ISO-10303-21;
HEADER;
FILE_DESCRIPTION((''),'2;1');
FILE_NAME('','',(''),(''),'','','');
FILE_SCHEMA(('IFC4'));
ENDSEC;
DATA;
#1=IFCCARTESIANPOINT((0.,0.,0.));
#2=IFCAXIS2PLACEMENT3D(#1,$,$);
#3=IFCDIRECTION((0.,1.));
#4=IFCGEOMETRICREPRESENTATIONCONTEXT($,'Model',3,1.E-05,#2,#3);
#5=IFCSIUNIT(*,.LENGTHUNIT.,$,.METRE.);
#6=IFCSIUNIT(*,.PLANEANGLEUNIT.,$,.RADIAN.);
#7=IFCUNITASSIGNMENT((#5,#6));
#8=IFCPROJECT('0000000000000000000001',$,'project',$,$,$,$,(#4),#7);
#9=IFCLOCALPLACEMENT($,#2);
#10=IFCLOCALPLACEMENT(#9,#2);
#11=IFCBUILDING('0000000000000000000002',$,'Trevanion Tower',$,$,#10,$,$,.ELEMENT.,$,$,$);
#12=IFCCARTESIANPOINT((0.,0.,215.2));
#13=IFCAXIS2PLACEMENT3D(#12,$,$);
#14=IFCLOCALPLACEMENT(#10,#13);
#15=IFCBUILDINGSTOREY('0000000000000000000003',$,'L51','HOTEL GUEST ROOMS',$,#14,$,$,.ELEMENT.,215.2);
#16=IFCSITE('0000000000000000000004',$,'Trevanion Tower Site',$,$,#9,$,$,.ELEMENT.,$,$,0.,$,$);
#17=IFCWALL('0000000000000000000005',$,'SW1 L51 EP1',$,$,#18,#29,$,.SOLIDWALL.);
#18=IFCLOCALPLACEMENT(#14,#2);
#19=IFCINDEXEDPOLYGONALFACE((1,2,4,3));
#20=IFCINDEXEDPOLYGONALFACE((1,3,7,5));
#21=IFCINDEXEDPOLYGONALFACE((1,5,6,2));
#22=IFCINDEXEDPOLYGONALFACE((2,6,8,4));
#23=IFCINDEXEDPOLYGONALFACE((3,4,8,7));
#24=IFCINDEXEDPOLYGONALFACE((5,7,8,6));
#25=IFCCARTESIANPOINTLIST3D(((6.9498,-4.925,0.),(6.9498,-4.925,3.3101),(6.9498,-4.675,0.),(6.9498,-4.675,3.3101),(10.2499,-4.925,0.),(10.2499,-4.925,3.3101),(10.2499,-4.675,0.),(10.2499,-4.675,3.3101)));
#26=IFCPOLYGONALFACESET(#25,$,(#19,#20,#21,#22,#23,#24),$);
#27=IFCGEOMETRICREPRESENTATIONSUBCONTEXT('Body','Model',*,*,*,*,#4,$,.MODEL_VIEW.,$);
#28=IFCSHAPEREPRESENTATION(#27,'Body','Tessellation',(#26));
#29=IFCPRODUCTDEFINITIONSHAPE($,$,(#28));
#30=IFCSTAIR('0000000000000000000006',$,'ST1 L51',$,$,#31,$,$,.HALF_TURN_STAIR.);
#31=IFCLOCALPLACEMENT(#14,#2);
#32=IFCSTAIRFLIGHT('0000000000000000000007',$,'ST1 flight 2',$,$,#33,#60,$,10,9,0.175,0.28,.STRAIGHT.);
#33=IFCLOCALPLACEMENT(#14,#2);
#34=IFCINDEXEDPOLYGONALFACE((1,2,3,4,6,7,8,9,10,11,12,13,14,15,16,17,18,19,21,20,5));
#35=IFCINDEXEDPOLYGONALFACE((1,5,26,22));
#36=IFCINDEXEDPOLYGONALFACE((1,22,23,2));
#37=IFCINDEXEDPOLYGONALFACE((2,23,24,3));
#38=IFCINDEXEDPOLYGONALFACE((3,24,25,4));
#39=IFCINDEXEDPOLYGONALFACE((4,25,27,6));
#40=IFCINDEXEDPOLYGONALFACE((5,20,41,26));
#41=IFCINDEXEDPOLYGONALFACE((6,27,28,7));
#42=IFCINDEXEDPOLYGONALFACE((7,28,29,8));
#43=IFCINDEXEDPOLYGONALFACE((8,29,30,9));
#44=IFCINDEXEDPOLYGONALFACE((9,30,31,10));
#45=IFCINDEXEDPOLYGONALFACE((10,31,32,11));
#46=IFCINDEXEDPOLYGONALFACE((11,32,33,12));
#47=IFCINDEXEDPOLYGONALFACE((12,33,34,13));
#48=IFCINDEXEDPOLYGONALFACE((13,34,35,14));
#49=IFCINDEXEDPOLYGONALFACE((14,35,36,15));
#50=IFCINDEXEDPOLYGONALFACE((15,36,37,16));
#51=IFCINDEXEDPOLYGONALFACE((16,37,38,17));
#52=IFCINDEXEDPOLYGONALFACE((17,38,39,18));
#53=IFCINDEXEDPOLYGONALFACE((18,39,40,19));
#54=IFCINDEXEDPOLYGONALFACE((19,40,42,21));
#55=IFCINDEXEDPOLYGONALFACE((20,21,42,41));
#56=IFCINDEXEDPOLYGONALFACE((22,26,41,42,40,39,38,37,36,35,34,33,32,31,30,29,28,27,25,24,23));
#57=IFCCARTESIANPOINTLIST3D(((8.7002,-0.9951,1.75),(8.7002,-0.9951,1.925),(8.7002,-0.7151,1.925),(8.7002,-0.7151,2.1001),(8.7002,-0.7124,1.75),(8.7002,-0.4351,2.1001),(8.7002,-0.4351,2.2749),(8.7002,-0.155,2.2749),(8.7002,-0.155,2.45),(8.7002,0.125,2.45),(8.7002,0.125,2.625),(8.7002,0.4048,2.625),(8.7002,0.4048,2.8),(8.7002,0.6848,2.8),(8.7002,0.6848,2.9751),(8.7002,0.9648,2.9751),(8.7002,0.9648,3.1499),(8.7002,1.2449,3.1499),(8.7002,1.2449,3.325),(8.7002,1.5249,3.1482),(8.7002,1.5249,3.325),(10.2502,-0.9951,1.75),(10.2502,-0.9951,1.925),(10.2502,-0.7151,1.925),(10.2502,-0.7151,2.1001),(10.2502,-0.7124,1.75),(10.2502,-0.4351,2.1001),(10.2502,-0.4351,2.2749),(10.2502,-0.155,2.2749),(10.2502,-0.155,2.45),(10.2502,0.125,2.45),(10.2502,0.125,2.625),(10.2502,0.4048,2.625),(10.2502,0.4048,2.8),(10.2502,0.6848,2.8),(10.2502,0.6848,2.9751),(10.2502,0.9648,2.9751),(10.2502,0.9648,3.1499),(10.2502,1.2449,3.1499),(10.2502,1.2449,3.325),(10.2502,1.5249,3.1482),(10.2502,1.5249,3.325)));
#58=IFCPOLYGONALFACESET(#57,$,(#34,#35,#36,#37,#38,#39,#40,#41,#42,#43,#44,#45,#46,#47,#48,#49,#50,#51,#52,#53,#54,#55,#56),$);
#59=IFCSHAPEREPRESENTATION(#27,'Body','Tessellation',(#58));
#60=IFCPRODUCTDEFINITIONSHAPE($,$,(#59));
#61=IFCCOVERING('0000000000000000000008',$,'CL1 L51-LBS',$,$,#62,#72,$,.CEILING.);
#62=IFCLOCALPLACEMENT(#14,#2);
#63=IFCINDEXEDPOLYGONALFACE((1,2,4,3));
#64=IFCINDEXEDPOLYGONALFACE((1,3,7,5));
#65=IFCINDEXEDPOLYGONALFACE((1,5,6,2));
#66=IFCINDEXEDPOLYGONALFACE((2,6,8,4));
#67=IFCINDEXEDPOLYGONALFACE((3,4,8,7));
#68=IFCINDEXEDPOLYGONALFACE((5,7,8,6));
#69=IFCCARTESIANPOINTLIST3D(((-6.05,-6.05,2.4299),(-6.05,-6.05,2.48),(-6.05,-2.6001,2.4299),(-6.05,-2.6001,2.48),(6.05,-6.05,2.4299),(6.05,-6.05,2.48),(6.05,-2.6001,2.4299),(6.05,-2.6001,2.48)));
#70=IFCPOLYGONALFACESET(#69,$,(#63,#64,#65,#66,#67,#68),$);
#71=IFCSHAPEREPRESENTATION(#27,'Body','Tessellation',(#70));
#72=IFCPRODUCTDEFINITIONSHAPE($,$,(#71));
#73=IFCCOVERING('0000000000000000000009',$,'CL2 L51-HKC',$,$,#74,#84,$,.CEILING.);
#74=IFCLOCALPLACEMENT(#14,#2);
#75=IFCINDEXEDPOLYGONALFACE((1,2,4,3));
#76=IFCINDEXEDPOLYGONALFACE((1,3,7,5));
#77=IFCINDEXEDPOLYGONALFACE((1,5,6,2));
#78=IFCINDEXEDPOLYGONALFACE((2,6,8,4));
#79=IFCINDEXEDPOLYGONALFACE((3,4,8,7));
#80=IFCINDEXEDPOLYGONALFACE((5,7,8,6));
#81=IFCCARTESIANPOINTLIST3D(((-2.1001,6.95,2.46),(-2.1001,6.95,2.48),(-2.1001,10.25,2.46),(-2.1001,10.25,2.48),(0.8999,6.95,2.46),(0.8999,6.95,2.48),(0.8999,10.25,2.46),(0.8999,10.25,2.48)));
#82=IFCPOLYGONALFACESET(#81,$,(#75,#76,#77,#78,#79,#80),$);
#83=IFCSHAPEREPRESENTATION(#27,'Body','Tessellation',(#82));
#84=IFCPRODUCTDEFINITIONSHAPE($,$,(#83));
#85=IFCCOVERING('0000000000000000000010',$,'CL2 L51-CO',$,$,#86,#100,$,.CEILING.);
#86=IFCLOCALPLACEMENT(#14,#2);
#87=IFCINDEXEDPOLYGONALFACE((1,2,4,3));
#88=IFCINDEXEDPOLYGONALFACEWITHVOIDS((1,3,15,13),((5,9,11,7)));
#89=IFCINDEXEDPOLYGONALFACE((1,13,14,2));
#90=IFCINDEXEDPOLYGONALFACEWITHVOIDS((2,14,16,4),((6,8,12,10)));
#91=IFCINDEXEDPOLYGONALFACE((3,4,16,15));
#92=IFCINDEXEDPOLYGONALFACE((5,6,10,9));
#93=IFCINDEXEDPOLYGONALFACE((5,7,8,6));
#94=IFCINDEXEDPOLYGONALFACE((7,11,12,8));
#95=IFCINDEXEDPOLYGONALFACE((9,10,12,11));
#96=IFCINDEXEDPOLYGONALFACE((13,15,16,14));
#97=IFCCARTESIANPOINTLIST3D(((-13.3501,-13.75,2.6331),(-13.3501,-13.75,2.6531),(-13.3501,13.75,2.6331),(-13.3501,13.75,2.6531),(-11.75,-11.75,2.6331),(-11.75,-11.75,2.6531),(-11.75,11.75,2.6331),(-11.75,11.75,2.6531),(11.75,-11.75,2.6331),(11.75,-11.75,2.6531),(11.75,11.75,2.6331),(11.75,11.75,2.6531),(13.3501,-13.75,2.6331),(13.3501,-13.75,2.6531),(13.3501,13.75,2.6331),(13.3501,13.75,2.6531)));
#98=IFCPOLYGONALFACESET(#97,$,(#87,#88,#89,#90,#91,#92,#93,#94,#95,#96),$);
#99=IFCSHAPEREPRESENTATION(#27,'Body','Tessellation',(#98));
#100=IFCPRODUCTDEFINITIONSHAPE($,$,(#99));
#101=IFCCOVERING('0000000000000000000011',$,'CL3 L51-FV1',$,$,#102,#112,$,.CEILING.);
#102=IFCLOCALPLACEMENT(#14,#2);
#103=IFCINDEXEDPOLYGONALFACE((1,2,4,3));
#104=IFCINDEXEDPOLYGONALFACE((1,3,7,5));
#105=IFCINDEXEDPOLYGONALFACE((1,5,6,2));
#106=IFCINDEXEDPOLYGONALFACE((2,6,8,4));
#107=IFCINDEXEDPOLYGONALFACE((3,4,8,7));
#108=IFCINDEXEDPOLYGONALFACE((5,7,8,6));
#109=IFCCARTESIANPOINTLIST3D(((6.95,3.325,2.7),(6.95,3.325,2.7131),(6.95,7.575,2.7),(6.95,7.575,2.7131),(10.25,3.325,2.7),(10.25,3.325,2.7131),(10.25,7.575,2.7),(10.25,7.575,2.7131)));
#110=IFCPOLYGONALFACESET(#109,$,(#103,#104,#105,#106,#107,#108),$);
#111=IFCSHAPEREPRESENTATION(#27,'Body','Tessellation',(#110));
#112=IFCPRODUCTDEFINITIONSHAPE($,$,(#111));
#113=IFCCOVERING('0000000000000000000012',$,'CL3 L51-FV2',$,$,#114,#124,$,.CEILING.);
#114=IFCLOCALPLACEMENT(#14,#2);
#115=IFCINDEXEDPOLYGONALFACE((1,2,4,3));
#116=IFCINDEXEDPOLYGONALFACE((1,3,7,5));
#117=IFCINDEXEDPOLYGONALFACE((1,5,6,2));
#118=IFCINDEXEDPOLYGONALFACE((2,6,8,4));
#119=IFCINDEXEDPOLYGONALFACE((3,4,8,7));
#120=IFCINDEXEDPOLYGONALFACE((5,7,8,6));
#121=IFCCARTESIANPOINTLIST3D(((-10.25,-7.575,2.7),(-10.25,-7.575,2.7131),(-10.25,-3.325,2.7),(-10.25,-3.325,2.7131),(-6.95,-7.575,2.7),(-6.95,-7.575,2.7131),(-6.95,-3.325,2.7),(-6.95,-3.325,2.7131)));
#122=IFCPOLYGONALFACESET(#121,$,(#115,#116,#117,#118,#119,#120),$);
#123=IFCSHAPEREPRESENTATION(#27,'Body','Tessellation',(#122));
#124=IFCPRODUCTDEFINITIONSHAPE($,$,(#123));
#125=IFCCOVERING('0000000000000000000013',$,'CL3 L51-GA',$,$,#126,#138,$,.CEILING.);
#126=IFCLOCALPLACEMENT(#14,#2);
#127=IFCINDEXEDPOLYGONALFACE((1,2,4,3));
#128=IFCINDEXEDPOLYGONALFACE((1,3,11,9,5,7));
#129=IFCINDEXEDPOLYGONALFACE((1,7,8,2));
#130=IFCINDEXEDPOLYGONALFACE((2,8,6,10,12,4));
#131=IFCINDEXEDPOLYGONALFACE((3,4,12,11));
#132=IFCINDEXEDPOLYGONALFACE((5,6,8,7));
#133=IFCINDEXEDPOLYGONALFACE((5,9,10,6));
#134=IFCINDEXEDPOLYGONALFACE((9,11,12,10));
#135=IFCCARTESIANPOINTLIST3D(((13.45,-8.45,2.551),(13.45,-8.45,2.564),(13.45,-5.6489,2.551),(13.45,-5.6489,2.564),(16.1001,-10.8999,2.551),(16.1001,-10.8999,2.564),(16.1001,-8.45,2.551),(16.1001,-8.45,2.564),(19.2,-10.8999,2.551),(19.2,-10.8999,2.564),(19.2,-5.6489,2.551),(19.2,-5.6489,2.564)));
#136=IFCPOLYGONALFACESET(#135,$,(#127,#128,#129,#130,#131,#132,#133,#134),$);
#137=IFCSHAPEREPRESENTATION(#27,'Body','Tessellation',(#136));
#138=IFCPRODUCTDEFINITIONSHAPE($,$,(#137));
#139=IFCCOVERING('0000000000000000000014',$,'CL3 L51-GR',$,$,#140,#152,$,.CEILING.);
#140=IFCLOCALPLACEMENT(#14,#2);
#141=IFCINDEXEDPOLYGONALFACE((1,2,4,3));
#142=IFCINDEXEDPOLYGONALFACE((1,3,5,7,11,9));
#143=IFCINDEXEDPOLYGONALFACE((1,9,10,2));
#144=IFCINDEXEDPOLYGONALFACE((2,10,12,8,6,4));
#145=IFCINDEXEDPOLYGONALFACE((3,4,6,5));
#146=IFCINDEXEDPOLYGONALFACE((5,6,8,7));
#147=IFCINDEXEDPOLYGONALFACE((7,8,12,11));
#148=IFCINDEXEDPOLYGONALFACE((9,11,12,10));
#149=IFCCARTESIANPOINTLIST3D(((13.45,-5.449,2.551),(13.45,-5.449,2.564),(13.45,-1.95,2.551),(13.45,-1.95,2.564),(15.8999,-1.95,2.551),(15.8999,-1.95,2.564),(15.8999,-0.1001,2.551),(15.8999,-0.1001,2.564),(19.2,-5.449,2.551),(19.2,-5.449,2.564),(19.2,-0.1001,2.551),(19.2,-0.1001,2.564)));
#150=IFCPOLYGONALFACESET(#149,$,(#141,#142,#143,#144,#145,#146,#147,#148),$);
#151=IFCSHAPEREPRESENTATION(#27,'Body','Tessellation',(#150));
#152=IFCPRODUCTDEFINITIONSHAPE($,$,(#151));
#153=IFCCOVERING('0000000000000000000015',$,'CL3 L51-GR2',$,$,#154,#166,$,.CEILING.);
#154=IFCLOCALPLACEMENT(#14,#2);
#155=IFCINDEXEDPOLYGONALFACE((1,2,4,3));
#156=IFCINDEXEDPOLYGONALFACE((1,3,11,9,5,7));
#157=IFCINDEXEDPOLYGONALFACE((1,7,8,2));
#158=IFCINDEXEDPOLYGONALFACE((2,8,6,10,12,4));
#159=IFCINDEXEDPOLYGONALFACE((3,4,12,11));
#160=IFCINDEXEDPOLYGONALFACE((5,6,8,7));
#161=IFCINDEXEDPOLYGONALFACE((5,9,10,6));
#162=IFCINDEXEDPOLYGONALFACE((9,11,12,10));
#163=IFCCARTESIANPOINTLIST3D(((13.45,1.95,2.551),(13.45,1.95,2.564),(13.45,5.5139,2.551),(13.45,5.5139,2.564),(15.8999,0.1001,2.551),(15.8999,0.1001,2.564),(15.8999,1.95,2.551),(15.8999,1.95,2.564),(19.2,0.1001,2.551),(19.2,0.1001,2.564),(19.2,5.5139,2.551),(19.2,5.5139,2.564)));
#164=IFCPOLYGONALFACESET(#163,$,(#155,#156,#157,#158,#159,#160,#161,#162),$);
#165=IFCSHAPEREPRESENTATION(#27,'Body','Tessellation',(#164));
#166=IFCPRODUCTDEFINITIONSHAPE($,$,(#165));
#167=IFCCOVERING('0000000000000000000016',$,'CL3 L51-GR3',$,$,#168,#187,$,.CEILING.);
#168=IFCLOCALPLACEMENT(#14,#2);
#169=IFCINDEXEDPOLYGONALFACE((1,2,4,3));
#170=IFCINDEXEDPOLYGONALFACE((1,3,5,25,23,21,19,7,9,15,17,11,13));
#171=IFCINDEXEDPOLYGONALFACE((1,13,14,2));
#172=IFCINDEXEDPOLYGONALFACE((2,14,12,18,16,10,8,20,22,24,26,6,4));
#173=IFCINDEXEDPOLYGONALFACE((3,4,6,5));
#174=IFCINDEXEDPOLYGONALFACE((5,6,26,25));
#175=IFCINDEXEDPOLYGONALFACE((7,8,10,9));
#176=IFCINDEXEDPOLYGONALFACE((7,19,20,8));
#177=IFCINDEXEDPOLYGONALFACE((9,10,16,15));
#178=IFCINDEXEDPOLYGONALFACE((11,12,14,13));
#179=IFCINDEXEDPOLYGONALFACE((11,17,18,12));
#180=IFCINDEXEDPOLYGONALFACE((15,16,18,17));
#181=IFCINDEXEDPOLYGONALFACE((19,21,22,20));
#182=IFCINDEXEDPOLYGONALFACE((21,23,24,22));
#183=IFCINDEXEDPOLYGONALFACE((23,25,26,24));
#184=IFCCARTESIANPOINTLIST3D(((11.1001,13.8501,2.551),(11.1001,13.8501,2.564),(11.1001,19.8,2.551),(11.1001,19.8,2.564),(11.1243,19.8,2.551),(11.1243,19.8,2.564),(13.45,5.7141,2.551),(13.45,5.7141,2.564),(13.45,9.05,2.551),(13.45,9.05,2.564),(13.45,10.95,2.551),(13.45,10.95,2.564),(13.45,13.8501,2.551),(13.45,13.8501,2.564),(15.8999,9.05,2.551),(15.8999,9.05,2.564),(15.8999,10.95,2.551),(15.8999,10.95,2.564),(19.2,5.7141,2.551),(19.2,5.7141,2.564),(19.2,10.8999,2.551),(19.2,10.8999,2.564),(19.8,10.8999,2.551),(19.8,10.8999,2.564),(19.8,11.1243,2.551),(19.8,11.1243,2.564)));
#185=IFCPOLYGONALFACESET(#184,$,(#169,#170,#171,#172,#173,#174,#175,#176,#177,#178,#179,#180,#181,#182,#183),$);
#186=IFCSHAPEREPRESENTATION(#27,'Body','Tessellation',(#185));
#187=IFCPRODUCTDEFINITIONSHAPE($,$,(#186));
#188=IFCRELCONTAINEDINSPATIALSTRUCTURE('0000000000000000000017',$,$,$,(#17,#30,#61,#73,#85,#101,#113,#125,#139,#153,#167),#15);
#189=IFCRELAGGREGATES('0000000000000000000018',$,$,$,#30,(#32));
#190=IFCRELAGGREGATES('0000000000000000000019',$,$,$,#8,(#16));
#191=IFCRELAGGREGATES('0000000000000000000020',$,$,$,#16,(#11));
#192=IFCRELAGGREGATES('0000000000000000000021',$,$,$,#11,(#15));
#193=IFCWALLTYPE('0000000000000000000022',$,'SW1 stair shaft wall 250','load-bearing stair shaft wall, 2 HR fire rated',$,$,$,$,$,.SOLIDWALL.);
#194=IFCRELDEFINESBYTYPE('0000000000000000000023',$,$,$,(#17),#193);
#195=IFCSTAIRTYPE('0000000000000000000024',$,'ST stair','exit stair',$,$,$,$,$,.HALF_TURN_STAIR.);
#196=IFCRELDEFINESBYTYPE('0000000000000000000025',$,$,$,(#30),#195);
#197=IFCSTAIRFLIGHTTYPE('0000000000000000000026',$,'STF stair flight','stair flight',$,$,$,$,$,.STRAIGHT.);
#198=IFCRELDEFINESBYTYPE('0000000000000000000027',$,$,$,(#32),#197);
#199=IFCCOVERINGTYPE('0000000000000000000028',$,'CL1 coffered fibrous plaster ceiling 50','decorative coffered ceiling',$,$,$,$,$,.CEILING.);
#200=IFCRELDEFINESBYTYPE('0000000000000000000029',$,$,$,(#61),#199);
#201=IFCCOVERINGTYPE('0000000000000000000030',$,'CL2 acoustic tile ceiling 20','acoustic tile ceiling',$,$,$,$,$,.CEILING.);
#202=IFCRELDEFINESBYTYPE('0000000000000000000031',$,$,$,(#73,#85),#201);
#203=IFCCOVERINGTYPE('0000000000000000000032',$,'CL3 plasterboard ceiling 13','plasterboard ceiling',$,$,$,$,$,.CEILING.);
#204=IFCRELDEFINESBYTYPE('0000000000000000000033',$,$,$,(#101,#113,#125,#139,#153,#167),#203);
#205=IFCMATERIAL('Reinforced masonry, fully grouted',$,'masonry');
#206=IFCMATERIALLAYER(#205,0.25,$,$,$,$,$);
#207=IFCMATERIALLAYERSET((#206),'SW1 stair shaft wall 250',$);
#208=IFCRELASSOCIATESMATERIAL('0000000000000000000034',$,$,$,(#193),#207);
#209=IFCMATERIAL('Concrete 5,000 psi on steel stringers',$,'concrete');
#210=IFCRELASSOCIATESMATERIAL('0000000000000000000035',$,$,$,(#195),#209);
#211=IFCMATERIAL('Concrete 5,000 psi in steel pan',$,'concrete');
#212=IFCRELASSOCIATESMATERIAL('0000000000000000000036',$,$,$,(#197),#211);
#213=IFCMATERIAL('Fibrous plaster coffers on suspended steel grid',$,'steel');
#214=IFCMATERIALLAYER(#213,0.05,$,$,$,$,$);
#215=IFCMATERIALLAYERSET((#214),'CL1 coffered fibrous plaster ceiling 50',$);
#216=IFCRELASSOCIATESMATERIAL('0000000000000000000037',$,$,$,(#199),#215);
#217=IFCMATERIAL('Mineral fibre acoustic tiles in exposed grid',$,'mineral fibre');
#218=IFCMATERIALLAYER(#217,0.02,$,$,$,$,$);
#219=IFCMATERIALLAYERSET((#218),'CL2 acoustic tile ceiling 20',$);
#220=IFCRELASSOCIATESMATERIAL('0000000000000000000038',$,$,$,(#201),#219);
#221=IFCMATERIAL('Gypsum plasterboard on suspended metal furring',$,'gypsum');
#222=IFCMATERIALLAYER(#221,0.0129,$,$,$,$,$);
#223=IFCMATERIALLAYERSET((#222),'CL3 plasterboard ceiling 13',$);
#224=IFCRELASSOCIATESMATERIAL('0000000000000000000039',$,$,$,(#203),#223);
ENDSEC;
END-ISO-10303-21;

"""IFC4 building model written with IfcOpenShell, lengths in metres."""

from ifc_helpers import new_model, si_unit, direction, frame, frame_2d, origin, place, context, subcontext, project, spatial, polyline, rectangle, outline, extrude, material, layer, layer_set, type_object, element, aggregate, save


model = new_model("IFC4")

# Units and contexts
model_context = context("Model", 3, precision=1e-05, world=origin(), true_north=direction((0.0, 1.0)))
body_context = subcontext(model_context, "Body", "Model", "MODEL_VIEW")
ifc_project = project(units=[si_unit("LENGTHUNIT", "METRE"), si_unit("PLANEANGLEUNIT", "RADIAN")], contexts=[model_context])

# Site, building, storey
site_placement = place(None, origin())
site = spatial("IfcSite", under=ifc_project, at=site_placement, Name="Trevanion Tower Site", CompositionType="ELEMENT", RefElevation=0.0)
building_placement = place(site_placement, origin())
building = spatial("IfcBuilding", under=site, at=building_placement, Name="Trevanion Tower", CompositionType="ELEMENT")
storey_placement = place(building_placement, frame((0.0, 0.0, 215.2)))
storey = spatial("IfcBuildingStorey", under=building, at=storey_placement, Name="L51", Description="HOTEL GUEST ROOMS", CompositionType="ELEMENT", Elevation=215.2)

# Wall
ifc_material_1 = material(Name="Reinforced masonry, fully grouted", Category="masonry")
ifc_layer_1 = layer(ifc_material_1, 0.25)
ifc_layer_set_1 = layer_set([ifc_layer_1], Name="SW1 stair shaft wall 250")
wall_type_1 = type_object("IfcWallType", Name="SW1 stair shaft wall 250", Description="load-bearing stair shaft wall, 2 HR fire rated", PredefinedType="SOLIDWALL", material=ifc_layer_set_1)
wall_1_placement = place(storey_placement, frame((6.95, -4.8, 0.0), z_axis=(0.0, 0.0, 1.0), x_axis=(1.0, 0.0, 0.0)))
element("IfcWall", 1, at=wall_1_placement, inside=storey, type_object=wall_type_1, Name="SW1 L51 EP1", PredefinedType="SOLIDWALL", context=body_context, shape_type="SweptSolid", body=[
    extrude(rectangle(XDim=3.3, YDim=0.25, at=frame_2d((1.6499, 0.0))), origin(), (0.0, 0.0, 1.0), 3.3101),
])

# Stair, stair flight
ifc_material_2 = material(Name="Concrete 5,000 psi on steel stringers", Category="concrete")
stair_type = type_object("IfcStairType", Name="ST stair", Description="exit stair", PredefinedType="HALF_TURN_STAIR", material=ifc_material_2)
stair_placement = place(storey_placement, origin())
stair = element("IfcStair", 2, at=stair_placement, inside=storey, type_object=stair_type, Name="ST1 L51", PredefinedType="HALF_TURN_STAIR")
ifc_material_3 = material(Name="Concrete 5,000 psi in steel pan", Category="concrete")
stair_flight_type = type_object("IfcStairFlightType", Name="STF stair flight", Description="stair flight", PredefinedType="STRAIGHT", material=ifc_material_3)
stair_flight_placement = place(storey_placement, frame((9.4751, -0.9951, 1.75), z_axis=(0.0, 0.0, 1.0), x_axis=(0.0, 1.0, 0.0)))
stair_flight = element("IfcStairFlight", 3, at=stair_flight_placement, type_object=stair_flight_type, Name="ST1 flight 2", NumberOfRisers=10, NumberOfTreads=9, PredefinedType="STRAIGHT", RiserHeight=0.175, TreadLength=0.28, context=body_context, shape_type="SweptSolid", body=[
    extrude(outline(polyline([(0.0, 0.0), (0.0, 0.175), (0.28, 0.175), (0.28, 0.3501), (0.5601, 0.3501), (0.5601, 0.5249), (0.8401, 0.5249), (0.8401, 0.7), (1.1201, 0.7), (1.1201, 0.875), (1.3999, 0.875), (1.3999, 1.05), (1.6799, 1.05), (1.6799, 1.2251), (1.96, 1.2251), (1.96, 1.3999), (2.24, 1.3999), (2.24, 1.575), (2.52, 1.575), (2.52, 1.75), (2.52, 1.3982), (0.2827, 0.0), (0.0, 0.0)])), frame((0.0, 0.7749, 0.0), z_axis=(0.0, -1.0, 0.0), x_axis=(1.0, 0.0, 0.0)), (0.0, 0.0, 1.0), 1.55),
])
aggregate(stair, [stair_flight])

# Coverings
ifc_material_4 = material(Name="Fibrous plaster coffers on suspended steel grid", Category="steel")
ifc_layer_2 = layer(ifc_material_4, 0.05)
ifc_layer_set_2 = layer_set([ifc_layer_2], Name="CL1 coffered fibrous plaster ceiling 50")
covering_type_1 = type_object("IfcCoveringType", Name="CL1 coffered fibrous plaster ceiling 50", Description="decorative coffered ceiling", PredefinedType="CEILING", material=ifc_layer_set_2)
covering_1_placement = place(storey_placement, frame((0.0, 0.0, 2.4299)))
element("IfcCovering", 4, at=covering_1_placement, inside=storey, type_object=covering_type_1, Name="CL1 L51-LBS", PredefinedType="CEILING", context=body_context, shape_type="SweptSolid", body=[
    extrude(outline(polyline([(6.05, -6.05), (6.05, -2.6001), (-6.05, -2.6001), (-6.05, -6.05), (6.05, -6.05)])), origin(), (0.0, 0.0, 1.0), 0.05),
])
ifc_material_5 = material(Name="Mineral fibre acoustic tiles in exposed grid", Category="mineral fibre")
ifc_layer_3 = layer(ifc_material_5, 0.02)
ifc_layer_set_3 = layer_set([ifc_layer_3], Name="CL2 acoustic tile ceiling 20")
covering_type_2 = type_object("IfcCoveringType", Name="CL2 acoustic tile ceiling 20", Description="acoustic tile ceiling", PredefinedType="CEILING", material=ifc_layer_set_3)
covering_2_placement = place(storey_placement, frame((0.0, 0.0, 2.46)))
element("IfcCovering", 5, at=covering_2_placement, inside=storey, type_object=covering_type_2, Name="CL2 L51-HKC", PredefinedType="CEILING", context=body_context, shape_type="SweptSolid", body=[
    extrude(outline(polyline([(0.8999, 6.95), (0.8999, 10.25), (-2.1001, 10.25), (-2.1001, 6.95), (0.8999, 6.95)])), origin(), (0.0, 0.0, 1.0), 0.02),
])
covering_3_placement = place(storey_placement, frame((0.0, 0.0, 2.6331)))
element("IfcCovering", 6, at=covering_3_placement, inside=storey, type_object=covering_type_2, Name="CL2 L51-CO", PredefinedType="CEILING", context=body_context, shape_type="SweptSolid", body=[
    extrude(outline(polyline([(-13.3501, -13.75), (-13.3501, 13.75), (13.3501, 13.75), (13.3501, -13.75), (-13.3501, -13.75)]), holes=[polyline([(11.75, 11.75), (-11.75, 11.75), (-11.75, -11.75), (11.75, -11.75), (11.75, 11.75)])]), origin(), (0.0, 0.0, 1.0), 0.02),
])
ifc_material_6 = material(Name="Gypsum plasterboard on suspended metal furring", Category="gypsum")
ifc_layer_4 = layer(ifc_material_6, 0.0129)
ifc_layer_set_4 = layer_set([ifc_layer_4], Name="CL3 plasterboard ceiling 13")
covering_type_3 = type_object("IfcCoveringType", Name="CL3 plasterboard ceiling 13", Description="plasterboard ceiling", PredefinedType="CEILING", material=ifc_layer_set_4)
covering_4_placement = place(storey_placement, frame((0.0, 0.0, 2.7)))
element("IfcCovering", 7, at=covering_4_placement, inside=storey, type_object=covering_type_3, Name="CL3 L51-FV1", PredefinedType="CEILING", context=body_context, shape_type="SweptSolid", body=[
    extrude(outline(polyline([(10.25, 3.325), (10.25, 7.575), (6.95, 7.575), (6.95, 3.325), (10.25, 3.325)])), origin(), (0.0, 0.0, 1.0), 0.0132),
])
covering_5_placement = place(storey_placement, frame((0.0, 0.0, 2.7)))
element("IfcCovering", 8, at=covering_5_placement, inside=storey, type_object=covering_type_3, Name="CL3 L51-FV2", PredefinedType="CEILING", context=body_context, shape_type="SweptSolid", body=[
    extrude(outline(polyline([(-10.25, -3.325), (-10.25, -7.575), (-6.95, -7.575), (-6.95, -3.325), (-10.25, -3.325)])), origin(), (0.0, 0.0, 1.0), 0.0132),
])
covering_6_placement = place(storey_placement, frame((0.0, 0.0, 2.551)))
element("IfcCovering", 9, at=covering_6_placement, inside=storey, type_object=covering_type_3, Name="CL3 L51-GA", PredefinedType="CEILING", context=body_context, shape_type="SweptSolid", body=[
    extrude(outline(polyline([(13.45, -5.6489), (19.2, -5.6489), (19.2, -10.8999), (16.1001, -10.8999), (16.1001, -8.45), (13.45, -8.45), (13.45, -5.6489)])), origin(), (0.0, 0.0, 1.0), 0.0129),
])
covering_7_placement = place(storey_placement, frame((0.0, 0.0, 2.551)))
element("IfcCovering", 10, at=covering_7_placement, inside=storey, type_object=covering_type_3, Name="CL3 L51-GR", PredefinedType="CEILING", context=body_context, shape_type="SweptSolid", body=[
    extrude(outline(polyline([(13.45, -1.95), (15.8999, -1.95), (15.8999, -0.1001), (19.2, -0.1001), (19.2, -5.449), (13.45, -5.449), (13.45, -1.95)])), origin(), (0.0, 0.0, 1.0), 0.0129),
])
covering_8_placement = place(storey_placement, frame((0.0, 0.0, 2.551)))
element("IfcCovering", 11, at=covering_8_placement, inside=storey, type_object=covering_type_3, Name="CL3 L51-GR2", PredefinedType="CEILING", context=body_context, shape_type="SweptSolid", body=[
    extrude(outline(polyline([(13.45, 5.5139), (19.2, 5.5139), (19.2, 0.1001), (15.8999, 0.1001), (15.8999, 1.95), (13.45, 1.95), (13.45, 5.5139)])), origin(), (0.0, 0.0, 1.0), 0.0129),
])
covering_9_placement = place(storey_placement, frame((0.0, 0.0, 2.551)))
element("IfcCovering", 12, at=covering_9_placement, inside=storey, type_object=covering_type_3, Name="CL3 L51-GR3", PredefinedType="CEILING", context=body_context, shape_type="SweptSolid", body=[
    extrude(outline(polyline([(11.1001, 13.8501), (11.1001, 19.8), (11.1243, 19.8), (19.8, 11.1243), (19.8, 10.8999), (19.2, 10.8999), (19.2, 5.7141), (13.45, 5.7141), (13.45, 9.05), (15.8999, 9.05), (15.8999, 10.95), (13.45, 10.95), (13.45, 13.8501), (11.1001, 13.8501)])), origin(), (0.0, 0.0, 1.0), 0.0129),
])

save(model, "model.ifc")
